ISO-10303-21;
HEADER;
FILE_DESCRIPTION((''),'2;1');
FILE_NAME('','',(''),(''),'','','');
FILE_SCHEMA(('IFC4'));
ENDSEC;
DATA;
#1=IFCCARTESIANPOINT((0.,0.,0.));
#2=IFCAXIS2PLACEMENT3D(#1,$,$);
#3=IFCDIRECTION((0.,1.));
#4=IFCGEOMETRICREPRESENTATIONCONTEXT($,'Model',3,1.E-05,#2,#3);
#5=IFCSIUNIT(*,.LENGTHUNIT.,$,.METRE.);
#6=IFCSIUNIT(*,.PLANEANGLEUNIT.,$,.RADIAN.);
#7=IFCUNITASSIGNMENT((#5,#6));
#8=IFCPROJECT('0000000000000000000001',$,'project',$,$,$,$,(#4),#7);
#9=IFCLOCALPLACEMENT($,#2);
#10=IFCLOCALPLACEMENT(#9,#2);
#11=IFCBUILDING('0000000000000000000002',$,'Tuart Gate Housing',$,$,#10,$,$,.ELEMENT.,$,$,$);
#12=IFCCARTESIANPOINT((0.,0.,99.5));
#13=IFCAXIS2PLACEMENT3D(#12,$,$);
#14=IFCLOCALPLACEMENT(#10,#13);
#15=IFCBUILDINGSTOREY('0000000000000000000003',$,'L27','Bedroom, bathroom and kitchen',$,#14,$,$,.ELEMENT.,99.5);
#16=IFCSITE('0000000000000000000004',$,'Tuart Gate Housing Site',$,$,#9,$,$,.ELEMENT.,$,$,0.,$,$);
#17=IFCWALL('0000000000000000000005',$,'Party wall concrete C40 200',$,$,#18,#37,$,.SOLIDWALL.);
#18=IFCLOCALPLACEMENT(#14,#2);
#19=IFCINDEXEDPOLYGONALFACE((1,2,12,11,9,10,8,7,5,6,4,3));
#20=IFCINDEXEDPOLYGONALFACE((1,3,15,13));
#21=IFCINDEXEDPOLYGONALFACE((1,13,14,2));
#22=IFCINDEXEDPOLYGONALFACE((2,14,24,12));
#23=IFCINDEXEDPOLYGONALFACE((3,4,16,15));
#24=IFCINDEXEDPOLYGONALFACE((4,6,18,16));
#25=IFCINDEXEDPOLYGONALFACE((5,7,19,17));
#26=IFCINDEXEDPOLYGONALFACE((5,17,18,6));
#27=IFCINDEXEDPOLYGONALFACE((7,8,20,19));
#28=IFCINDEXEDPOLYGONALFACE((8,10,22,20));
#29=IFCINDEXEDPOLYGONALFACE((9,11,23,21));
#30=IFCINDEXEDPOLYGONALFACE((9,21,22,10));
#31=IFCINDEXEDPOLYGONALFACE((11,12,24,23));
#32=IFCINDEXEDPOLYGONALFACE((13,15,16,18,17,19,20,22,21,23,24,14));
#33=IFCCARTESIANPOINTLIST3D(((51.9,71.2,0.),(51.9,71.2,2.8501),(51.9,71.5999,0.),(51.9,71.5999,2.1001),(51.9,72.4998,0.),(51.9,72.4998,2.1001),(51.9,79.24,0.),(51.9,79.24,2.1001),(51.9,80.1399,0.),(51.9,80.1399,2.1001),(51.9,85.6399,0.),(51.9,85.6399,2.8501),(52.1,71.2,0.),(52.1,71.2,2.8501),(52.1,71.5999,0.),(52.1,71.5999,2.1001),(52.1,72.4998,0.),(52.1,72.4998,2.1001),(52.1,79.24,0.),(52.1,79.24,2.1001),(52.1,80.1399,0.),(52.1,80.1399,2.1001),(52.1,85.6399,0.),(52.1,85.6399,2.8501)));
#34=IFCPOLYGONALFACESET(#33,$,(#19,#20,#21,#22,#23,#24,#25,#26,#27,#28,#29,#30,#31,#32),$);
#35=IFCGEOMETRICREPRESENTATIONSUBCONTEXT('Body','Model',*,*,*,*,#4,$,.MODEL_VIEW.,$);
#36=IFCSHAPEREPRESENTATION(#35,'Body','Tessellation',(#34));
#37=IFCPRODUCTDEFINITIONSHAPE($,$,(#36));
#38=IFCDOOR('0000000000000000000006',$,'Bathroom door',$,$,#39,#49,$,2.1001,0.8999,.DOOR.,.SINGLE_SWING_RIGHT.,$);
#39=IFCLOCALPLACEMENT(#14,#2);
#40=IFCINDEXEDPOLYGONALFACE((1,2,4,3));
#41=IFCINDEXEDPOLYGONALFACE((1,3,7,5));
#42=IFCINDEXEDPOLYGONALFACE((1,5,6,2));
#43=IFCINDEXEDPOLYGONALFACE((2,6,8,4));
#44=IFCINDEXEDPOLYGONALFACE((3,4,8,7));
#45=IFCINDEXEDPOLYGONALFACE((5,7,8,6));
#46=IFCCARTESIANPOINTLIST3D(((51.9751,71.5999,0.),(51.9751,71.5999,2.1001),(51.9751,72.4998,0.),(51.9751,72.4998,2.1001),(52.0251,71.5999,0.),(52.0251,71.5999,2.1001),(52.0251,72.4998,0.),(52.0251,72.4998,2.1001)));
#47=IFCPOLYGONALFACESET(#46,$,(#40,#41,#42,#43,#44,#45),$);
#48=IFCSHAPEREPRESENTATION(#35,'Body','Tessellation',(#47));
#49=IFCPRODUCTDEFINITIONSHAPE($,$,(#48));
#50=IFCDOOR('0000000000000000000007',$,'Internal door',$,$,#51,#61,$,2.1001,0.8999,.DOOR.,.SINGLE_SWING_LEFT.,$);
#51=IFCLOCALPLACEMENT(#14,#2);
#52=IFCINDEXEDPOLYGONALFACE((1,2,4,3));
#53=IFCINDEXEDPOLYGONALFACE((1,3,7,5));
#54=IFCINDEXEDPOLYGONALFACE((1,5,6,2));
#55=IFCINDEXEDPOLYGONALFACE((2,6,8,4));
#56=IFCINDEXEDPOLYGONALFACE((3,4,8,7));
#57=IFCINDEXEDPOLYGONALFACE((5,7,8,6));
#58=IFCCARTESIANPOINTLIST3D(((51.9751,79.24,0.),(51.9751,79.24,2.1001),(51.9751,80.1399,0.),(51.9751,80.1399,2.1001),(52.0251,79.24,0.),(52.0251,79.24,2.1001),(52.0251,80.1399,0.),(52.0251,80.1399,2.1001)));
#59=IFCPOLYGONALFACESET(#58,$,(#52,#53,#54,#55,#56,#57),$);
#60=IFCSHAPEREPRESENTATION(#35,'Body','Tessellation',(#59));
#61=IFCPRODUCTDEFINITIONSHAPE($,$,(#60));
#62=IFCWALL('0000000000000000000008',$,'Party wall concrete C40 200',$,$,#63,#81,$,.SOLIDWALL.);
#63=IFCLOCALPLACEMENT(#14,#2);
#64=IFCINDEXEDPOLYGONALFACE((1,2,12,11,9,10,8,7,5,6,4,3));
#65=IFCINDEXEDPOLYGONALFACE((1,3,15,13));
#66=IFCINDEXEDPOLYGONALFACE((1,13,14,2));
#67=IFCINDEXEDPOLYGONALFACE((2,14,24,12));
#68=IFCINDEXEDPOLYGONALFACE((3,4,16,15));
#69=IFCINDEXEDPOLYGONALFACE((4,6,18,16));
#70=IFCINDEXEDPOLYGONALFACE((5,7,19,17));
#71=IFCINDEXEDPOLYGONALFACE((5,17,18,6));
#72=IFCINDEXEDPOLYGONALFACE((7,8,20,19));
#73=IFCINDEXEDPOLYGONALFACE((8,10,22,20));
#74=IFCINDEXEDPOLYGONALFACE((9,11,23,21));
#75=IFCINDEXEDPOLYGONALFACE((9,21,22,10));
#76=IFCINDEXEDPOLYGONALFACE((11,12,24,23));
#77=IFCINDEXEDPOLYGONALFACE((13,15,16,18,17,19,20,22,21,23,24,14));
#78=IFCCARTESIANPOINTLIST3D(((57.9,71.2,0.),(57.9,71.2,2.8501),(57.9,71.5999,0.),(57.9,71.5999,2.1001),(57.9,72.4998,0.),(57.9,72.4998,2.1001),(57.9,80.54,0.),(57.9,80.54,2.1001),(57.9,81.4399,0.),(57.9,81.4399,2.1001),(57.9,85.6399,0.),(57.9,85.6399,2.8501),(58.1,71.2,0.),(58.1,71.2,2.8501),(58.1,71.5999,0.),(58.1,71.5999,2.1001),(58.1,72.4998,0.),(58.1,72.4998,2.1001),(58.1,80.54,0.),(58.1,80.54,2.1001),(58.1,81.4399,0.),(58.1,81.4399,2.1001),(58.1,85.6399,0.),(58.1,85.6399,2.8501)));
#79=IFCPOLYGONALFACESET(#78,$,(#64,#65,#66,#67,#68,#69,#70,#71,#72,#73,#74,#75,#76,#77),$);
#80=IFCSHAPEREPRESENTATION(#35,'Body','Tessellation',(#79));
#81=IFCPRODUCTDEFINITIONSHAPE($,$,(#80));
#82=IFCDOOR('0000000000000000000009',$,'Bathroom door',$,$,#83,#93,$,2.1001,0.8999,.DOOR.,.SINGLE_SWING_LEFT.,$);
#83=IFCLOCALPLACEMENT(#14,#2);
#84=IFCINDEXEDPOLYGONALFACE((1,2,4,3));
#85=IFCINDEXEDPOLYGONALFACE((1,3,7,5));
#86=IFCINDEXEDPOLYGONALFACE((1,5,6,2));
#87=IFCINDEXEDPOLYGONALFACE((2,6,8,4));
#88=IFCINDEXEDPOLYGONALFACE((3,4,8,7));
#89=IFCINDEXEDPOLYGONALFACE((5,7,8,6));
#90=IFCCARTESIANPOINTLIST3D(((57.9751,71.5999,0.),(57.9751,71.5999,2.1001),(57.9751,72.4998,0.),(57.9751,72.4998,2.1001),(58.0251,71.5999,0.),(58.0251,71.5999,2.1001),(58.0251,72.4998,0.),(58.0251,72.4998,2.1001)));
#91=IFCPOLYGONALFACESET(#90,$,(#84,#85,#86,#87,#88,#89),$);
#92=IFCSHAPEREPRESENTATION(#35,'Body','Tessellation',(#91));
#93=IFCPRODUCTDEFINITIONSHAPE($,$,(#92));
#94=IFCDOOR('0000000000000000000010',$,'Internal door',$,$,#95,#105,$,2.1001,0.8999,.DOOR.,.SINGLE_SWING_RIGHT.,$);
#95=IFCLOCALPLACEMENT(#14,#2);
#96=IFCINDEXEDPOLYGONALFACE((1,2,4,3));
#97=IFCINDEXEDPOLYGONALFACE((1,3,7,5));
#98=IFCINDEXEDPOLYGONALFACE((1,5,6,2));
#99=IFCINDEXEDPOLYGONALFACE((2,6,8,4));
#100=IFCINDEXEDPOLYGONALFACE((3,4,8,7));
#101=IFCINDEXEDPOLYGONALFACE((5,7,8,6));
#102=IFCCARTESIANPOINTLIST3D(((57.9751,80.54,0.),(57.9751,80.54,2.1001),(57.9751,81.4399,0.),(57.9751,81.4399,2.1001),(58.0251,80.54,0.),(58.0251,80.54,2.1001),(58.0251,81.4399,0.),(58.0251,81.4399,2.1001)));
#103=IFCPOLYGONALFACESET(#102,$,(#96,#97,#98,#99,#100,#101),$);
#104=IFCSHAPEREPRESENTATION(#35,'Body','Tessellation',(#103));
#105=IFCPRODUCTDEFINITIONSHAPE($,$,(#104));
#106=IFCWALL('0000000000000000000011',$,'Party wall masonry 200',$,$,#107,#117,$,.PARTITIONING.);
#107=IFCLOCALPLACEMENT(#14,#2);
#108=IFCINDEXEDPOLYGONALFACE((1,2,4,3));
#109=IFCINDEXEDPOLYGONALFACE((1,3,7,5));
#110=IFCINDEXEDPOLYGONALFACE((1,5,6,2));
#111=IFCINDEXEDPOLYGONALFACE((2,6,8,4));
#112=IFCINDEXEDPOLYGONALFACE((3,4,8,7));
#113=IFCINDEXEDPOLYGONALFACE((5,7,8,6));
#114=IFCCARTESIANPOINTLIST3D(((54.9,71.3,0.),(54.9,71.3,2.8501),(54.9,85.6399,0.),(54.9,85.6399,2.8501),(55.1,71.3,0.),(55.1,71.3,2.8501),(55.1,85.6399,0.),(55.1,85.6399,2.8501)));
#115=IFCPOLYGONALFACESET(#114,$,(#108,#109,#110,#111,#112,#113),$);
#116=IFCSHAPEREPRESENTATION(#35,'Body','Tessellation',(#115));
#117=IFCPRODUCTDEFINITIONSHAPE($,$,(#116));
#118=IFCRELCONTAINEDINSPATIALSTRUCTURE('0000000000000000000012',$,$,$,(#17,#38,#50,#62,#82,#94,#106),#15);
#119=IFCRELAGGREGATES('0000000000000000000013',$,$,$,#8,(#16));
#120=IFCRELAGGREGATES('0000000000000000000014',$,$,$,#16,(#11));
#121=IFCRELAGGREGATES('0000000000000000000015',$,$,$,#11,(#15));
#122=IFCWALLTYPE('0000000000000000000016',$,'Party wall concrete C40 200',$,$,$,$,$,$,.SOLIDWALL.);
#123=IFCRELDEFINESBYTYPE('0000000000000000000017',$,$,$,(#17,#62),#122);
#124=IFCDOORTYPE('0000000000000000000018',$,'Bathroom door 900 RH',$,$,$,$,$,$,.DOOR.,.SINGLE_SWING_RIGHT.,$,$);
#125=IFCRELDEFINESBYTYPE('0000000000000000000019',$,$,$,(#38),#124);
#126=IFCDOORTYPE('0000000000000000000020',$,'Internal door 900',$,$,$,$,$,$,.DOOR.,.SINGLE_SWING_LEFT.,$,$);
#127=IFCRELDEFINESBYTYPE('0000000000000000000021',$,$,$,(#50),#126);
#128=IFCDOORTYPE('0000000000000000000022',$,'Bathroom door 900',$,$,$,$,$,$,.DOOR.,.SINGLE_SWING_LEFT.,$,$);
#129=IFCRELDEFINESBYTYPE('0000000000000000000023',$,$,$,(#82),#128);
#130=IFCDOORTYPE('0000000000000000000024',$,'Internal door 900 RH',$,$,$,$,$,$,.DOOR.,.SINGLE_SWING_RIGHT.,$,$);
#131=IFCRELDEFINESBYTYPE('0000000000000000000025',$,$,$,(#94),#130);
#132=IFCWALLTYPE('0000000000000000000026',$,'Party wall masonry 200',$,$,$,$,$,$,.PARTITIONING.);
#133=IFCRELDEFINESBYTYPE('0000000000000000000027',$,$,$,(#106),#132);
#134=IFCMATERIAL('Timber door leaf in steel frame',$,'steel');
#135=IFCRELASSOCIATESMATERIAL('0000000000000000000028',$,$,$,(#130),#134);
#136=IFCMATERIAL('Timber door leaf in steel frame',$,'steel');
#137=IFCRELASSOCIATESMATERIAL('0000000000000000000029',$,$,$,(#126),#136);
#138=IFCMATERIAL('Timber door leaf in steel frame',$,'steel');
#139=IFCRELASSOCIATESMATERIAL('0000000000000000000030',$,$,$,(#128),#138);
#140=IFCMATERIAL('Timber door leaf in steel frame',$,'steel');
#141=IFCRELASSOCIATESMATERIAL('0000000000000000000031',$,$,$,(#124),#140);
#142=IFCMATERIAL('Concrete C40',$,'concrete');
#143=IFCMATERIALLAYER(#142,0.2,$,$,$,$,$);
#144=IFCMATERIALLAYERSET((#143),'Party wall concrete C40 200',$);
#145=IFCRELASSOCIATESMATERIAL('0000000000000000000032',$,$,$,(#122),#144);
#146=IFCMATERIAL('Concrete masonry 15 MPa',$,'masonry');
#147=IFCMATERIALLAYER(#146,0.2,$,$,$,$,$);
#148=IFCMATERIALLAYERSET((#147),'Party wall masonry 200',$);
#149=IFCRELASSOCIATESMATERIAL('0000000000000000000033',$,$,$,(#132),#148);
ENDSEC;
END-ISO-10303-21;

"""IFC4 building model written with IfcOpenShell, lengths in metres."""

from ifc_helpers import new_model, si_unit, direction, frame, frame_2d, origin, place, context, subcontext, project, spatial, rectangle, extrude, material, layer, layer_set, type_object, element, fill, save


model = new_model("IFC4")

# Units and contexts
model_context = context("Model", 3, precision=1e-05, world=origin(), true_north=direction((0.0, 1.0)))
body_context = subcontext(model_context, "Body", "Model", "MODEL_VIEW")
ifc_project = project(units=[si_unit("LENGTHUNIT", "METRE"), si_unit("PLANEANGLEUNIT", "RADIAN")], contexts=[model_context])

# Site, building, storey
site_placement = place(None, origin())
site = spatial("IfcSite", under=ifc_project, at=site_placement, Name="Tuart Gate Housing Site", CompositionType="ELEMENT", RefElevation=0.0)
building_placement = place(site_placement, origin())
building = spatial("IfcBuilding", under=site, at=building_placement, Name="Tuart Gate Housing", CompositionType="ELEMENT")
storey_placement = place(building_placement, frame((0.0, 0.0, 99.5)))
storey = spatial("IfcBuildingStorey", under=building, at=storey_placement, Name="L27", Description="Bedroom, bathroom and kitchen", CompositionType="ELEMENT", Elevation=99.5)

# Shared definitions
ifc_material_1 = material(Name="Timber door leaf in steel frame", Category="steel")
door_type_1 = type_object("IfcDoorType", Name="Internal door 900 RH", OperationType="SINGLE_SWING_RIGHT", PredefinedType="DOOR", material=ifc_material_1)
ifc_material_2 = material(Name="Timber door leaf in steel frame", Category="steel")
door_type_2 = type_object("IfcDoorType", Name="Internal door 900", OperationType="SINGLE_SWING_LEFT", PredefinedType="DOOR", material=ifc_material_2)

# Shared definitions
ifc_material_3 = material(Name="Timber door leaf in steel frame", Category="steel")
door_type_3 = type_object("IfcDoorType", Name="Bathroom door 900", OperationType="SINGLE_SWING_LEFT", PredefinedType="DOOR", material=ifc_material_3)
ifc_material_4 = material(Name="Timber door leaf in steel frame", Category="steel")
door_type_4 = type_object("IfcDoorType", Name="Bathroom door 900 RH", OperationType="SINGLE_SWING_RIGHT", PredefinedType="DOOR", material=ifc_material_4)

# Shared definitions
ifc_material_5 = material(Name="Concrete C40", Category="concrete")
ifc_layer_1 = layer(ifc_material_5, 0.2)
ifc_layer_set_1 = layer_set([ifc_layer_1], Name="Party wall concrete C40 200")
wall_type_1 = type_object("IfcWallType", Name="Party wall concrete C40 200", PredefinedType="SOLIDWALL", material=ifc_layer_set_1)

# Walls, openings, doors
wall_1_placement = place(storey_placement, frame((52.0, 71.2, 0.0), z_axis=(0.0, 0.0, 1.0), x_axis=(0.0, 1.0, 0.0)))
wall_1 = element("IfcWall", 1, at=wall_1_placement, inside=storey, type_object=wall_type_1, Name="Party wall concrete C40 200", PredefinedType="SOLIDWALL", context=body_context, shape_type="SweptSolid", body=[
    extrude(rectangle(XDim=14.4399, YDim=0.2, at=frame_2d((7.22, 0.0))), origin(), (0.0, 0.0, 1.0), 2.8501),
])
opening_1_placement = place(wall_1_placement, frame((8.04, 0.0, 0.0)))
opening_1 = element("IfcOpeningElement", 2, at=opening_1_placement, cuts=wall_1, PredefinedType="OPENING", context=body_context, shape_type="SweptSolid", body=[
    extrude(rectangle(XDim=0.8999, YDim=2.1001, at=frame_2d((0.45, 1.05))), frame((0.0, 0.1099, 0.0), z_axis=(0.0, -1.0, 0.0), x_axis=(1.0, 0.0, 0.0)), (0.0, 0.0, 1.0), 0.22),
])
opening_2_placement = place(wall_1_placement, frame((0.3999, 0.0, 0.0)))
opening_2 = element("IfcOpeningElement", 3, at=opening_2_placement, cuts=wall_1, PredefinedType="OPENING", context=body_context, shape_type="SweptSolid", body=[
    extrude(rectangle(XDim=0.8999, YDim=2.1001, at=frame_2d((0.45, 1.05))), frame((0.0, 0.1099, 0.0), z_axis=(0.0, -1.0, 0.0), x_axis=(1.0, 0.0, 0.0)), (0.0, 0.0, 1.0), 0.22),
])
door_1_placement = place(opening_2_placement, frame((0.8999, 0.0, 0.0), z_axis=(0.0, 0.0, 1.0), x_axis=(-1.0, 0.0, 0.0)))
door_1 = element("IfcDoor", 4, at=door_1_placement, inside=storey, type_object=door_type_4, Name="Bathroom door", OperationType="SINGLE_SWING_RIGHT", OverallHeight=2.1001, OverallWidth=0.8999, PredefinedType="DOOR", context=body_context, shape_type="SweptSolid", body=[
    extrude(rectangle(XDim=0.8999, YDim=2.1001, at=frame_2d((0.45, 1.05))), frame((0.0, 0.0251, 0.0), z_axis=(0.0, -1.0, 0.0), x_axis=(1.0, 0.0, 0.0)), (0.0, 0.0, 1.0), 0.05),
])
fill(opening_2, door_1)
door_2_placement = place(opening_1_placement, frame((0.8999, 0.0, 0.0), z_axis=(0.0, 0.0, 1.0), x_axis=(-1.0, 0.0, 0.0)))
door_2 = element("IfcDoor", 5, at=door_2_placement, inside=storey, type_object=door_type_2, Name="Internal door", OperationType="SINGLE_SWING_LEFT", OverallHeight=2.1001, OverallWidth=0.8999, PredefinedType="DOOR", context=body_context, shape_type="SweptSolid", body=[
    extrude(rectangle(XDim=0.8999, YDim=2.1001, at=frame_2d((0.45, 1.05))), frame((0.0, 0.0251, 0.0), z_axis=(0.0, -1.0, 0.0), x_axis=(1.0, 0.0, 0.0)), (0.0, 0.0, 1.0), 0.05),
])
fill(opening_1, door_2)
wall_2_placement = place(storey_placement, frame((58.0, 71.2, 0.0), z_axis=(0.0, 0.0, 1.0), x_axis=(0.0, 1.0, 0.0)))
wall_2 = element("IfcWall", 6, at=wall_2_placement, inside=storey, type_object=wall_type_1, Name="Party wall concrete C40 200", PredefinedType="SOLIDWALL", context=body_context, shape_type="SweptSolid", body=[
    extrude(rectangle(XDim=14.4399, YDim=0.2, at=frame_2d((7.22, 0.0))), origin(), (0.0, 0.0, 1.0), 2.8501),
])
opening_3_placement = place(wall_2_placement, frame((9.3401, 0.0, 0.0)))
opening_3 = element("IfcOpeningElement", 7, at=opening_3_placement, cuts=wall_2, PredefinedType="OPENING", context=body_context, shape_type="SweptSolid", body=[
    extrude(rectangle(XDim=0.8999, YDim=2.1001, at=frame_2d((0.45, 1.05))), frame((0.0, 0.1099, 0.0), z_axis=(0.0, -1.0, 0.0), x_axis=(1.0, 0.0, 0.0)), (0.0, 0.0, 1.0), 0.22),
])
opening_4_placement = place(wall_2_placement, frame((0.3999, 0.0, 0.0)))
opening_4 = element("IfcOpeningElement", 8, at=opening_4_placement, cuts=wall_2, PredefinedType="OPENING", context=body_context, shape_type="SweptSolid", body=[
    extrude(rectangle(XDim=0.8999, YDim=2.1001, at=frame_2d((0.45, 1.05))), frame((0.0, 0.1099, 0.0), z_axis=(0.0, -1.0, 0.0), x_axis=(1.0, 0.0, 0.0)), (0.0, 0.0, 1.0), 0.22),
])
door_3_placement = place(opening_4_placement, origin())
door_3 = element("IfcDoor", 9, at=door_3_placement, inside=storey, type_object=door_type_3, Name="Bathroom door", OperationType="SINGLE_SWING_LEFT", OverallHeight=2.1001, OverallWidth=0.8999, PredefinedType="DOOR", context=body_context, shape_type="SweptSolid", body=[
    extrude(rectangle(XDim=0.8999, YDim=2.1001, at=frame_2d((0.45, 1.05))), frame((0.0, 0.0249, 0.0), z_axis=(0.0, -1.0, 0.0), x_axis=(1.0, 0.0, 0.0)), (0.0, 0.0, 1.0), 0.05),
])
fill(opening_4, door_3)
door_4_placement = place(opening_3_placement, origin())
door_4 = element("IfcDoor", 10, at=door_4_placement, inside=storey, type_object=door_type_1, Name="Internal door", OperationType="SINGLE_SWING_RIGHT", OverallHeight=2.1001, OverallWidth=0.8999, PredefinedType="DOOR", context=body_context, shape_type="SweptSolid", body=[
    extrude(rectangle(XDim=0.8999, YDim=2.1001, at=frame_2d((0.45, 1.05))), frame((0.0, 0.0249, 0.0), z_axis=(0.0, -1.0, 0.0), x_axis=(1.0, 0.0, 0.0)), (0.0, 0.0, 1.0), 0.05),
])
fill(opening_3, door_4)

# Wall
ifc_material_6 = material(Name="Concrete masonry 15 MPa", Category="masonry")
ifc_layer_2 = layer(ifc_material_6, 0.2)
ifc_layer_set_2 = layer_set([ifc_layer_2], Name="Party wall masonry 200")
wall_type_2 = type_object("IfcWallType", Name="Party wall masonry 200", PredefinedType="PARTITIONING", material=ifc_layer_set_2)
wall_3_placement = place(storey_placement, frame((55.0, 71.3, 0.0), z_axis=(0.0, 0.0, 1.0), x_axis=(0.0, 1.0, 0.0)))
element("IfcWall", 11, at=wall_3_placement, inside=storey, type_object=wall_type_2, Name="Party wall masonry 200", PredefinedType="PARTITIONING", context=body_context, shape_type="SweptSolid", body=[
    extrude(rectangle(XDim=14.3398, YDim=0.2, at=frame_2d((7.1699, 0.0))), origin(), (0.0, 0.0, 1.0), 2.8501),
])

save(model, "model.ifc")
